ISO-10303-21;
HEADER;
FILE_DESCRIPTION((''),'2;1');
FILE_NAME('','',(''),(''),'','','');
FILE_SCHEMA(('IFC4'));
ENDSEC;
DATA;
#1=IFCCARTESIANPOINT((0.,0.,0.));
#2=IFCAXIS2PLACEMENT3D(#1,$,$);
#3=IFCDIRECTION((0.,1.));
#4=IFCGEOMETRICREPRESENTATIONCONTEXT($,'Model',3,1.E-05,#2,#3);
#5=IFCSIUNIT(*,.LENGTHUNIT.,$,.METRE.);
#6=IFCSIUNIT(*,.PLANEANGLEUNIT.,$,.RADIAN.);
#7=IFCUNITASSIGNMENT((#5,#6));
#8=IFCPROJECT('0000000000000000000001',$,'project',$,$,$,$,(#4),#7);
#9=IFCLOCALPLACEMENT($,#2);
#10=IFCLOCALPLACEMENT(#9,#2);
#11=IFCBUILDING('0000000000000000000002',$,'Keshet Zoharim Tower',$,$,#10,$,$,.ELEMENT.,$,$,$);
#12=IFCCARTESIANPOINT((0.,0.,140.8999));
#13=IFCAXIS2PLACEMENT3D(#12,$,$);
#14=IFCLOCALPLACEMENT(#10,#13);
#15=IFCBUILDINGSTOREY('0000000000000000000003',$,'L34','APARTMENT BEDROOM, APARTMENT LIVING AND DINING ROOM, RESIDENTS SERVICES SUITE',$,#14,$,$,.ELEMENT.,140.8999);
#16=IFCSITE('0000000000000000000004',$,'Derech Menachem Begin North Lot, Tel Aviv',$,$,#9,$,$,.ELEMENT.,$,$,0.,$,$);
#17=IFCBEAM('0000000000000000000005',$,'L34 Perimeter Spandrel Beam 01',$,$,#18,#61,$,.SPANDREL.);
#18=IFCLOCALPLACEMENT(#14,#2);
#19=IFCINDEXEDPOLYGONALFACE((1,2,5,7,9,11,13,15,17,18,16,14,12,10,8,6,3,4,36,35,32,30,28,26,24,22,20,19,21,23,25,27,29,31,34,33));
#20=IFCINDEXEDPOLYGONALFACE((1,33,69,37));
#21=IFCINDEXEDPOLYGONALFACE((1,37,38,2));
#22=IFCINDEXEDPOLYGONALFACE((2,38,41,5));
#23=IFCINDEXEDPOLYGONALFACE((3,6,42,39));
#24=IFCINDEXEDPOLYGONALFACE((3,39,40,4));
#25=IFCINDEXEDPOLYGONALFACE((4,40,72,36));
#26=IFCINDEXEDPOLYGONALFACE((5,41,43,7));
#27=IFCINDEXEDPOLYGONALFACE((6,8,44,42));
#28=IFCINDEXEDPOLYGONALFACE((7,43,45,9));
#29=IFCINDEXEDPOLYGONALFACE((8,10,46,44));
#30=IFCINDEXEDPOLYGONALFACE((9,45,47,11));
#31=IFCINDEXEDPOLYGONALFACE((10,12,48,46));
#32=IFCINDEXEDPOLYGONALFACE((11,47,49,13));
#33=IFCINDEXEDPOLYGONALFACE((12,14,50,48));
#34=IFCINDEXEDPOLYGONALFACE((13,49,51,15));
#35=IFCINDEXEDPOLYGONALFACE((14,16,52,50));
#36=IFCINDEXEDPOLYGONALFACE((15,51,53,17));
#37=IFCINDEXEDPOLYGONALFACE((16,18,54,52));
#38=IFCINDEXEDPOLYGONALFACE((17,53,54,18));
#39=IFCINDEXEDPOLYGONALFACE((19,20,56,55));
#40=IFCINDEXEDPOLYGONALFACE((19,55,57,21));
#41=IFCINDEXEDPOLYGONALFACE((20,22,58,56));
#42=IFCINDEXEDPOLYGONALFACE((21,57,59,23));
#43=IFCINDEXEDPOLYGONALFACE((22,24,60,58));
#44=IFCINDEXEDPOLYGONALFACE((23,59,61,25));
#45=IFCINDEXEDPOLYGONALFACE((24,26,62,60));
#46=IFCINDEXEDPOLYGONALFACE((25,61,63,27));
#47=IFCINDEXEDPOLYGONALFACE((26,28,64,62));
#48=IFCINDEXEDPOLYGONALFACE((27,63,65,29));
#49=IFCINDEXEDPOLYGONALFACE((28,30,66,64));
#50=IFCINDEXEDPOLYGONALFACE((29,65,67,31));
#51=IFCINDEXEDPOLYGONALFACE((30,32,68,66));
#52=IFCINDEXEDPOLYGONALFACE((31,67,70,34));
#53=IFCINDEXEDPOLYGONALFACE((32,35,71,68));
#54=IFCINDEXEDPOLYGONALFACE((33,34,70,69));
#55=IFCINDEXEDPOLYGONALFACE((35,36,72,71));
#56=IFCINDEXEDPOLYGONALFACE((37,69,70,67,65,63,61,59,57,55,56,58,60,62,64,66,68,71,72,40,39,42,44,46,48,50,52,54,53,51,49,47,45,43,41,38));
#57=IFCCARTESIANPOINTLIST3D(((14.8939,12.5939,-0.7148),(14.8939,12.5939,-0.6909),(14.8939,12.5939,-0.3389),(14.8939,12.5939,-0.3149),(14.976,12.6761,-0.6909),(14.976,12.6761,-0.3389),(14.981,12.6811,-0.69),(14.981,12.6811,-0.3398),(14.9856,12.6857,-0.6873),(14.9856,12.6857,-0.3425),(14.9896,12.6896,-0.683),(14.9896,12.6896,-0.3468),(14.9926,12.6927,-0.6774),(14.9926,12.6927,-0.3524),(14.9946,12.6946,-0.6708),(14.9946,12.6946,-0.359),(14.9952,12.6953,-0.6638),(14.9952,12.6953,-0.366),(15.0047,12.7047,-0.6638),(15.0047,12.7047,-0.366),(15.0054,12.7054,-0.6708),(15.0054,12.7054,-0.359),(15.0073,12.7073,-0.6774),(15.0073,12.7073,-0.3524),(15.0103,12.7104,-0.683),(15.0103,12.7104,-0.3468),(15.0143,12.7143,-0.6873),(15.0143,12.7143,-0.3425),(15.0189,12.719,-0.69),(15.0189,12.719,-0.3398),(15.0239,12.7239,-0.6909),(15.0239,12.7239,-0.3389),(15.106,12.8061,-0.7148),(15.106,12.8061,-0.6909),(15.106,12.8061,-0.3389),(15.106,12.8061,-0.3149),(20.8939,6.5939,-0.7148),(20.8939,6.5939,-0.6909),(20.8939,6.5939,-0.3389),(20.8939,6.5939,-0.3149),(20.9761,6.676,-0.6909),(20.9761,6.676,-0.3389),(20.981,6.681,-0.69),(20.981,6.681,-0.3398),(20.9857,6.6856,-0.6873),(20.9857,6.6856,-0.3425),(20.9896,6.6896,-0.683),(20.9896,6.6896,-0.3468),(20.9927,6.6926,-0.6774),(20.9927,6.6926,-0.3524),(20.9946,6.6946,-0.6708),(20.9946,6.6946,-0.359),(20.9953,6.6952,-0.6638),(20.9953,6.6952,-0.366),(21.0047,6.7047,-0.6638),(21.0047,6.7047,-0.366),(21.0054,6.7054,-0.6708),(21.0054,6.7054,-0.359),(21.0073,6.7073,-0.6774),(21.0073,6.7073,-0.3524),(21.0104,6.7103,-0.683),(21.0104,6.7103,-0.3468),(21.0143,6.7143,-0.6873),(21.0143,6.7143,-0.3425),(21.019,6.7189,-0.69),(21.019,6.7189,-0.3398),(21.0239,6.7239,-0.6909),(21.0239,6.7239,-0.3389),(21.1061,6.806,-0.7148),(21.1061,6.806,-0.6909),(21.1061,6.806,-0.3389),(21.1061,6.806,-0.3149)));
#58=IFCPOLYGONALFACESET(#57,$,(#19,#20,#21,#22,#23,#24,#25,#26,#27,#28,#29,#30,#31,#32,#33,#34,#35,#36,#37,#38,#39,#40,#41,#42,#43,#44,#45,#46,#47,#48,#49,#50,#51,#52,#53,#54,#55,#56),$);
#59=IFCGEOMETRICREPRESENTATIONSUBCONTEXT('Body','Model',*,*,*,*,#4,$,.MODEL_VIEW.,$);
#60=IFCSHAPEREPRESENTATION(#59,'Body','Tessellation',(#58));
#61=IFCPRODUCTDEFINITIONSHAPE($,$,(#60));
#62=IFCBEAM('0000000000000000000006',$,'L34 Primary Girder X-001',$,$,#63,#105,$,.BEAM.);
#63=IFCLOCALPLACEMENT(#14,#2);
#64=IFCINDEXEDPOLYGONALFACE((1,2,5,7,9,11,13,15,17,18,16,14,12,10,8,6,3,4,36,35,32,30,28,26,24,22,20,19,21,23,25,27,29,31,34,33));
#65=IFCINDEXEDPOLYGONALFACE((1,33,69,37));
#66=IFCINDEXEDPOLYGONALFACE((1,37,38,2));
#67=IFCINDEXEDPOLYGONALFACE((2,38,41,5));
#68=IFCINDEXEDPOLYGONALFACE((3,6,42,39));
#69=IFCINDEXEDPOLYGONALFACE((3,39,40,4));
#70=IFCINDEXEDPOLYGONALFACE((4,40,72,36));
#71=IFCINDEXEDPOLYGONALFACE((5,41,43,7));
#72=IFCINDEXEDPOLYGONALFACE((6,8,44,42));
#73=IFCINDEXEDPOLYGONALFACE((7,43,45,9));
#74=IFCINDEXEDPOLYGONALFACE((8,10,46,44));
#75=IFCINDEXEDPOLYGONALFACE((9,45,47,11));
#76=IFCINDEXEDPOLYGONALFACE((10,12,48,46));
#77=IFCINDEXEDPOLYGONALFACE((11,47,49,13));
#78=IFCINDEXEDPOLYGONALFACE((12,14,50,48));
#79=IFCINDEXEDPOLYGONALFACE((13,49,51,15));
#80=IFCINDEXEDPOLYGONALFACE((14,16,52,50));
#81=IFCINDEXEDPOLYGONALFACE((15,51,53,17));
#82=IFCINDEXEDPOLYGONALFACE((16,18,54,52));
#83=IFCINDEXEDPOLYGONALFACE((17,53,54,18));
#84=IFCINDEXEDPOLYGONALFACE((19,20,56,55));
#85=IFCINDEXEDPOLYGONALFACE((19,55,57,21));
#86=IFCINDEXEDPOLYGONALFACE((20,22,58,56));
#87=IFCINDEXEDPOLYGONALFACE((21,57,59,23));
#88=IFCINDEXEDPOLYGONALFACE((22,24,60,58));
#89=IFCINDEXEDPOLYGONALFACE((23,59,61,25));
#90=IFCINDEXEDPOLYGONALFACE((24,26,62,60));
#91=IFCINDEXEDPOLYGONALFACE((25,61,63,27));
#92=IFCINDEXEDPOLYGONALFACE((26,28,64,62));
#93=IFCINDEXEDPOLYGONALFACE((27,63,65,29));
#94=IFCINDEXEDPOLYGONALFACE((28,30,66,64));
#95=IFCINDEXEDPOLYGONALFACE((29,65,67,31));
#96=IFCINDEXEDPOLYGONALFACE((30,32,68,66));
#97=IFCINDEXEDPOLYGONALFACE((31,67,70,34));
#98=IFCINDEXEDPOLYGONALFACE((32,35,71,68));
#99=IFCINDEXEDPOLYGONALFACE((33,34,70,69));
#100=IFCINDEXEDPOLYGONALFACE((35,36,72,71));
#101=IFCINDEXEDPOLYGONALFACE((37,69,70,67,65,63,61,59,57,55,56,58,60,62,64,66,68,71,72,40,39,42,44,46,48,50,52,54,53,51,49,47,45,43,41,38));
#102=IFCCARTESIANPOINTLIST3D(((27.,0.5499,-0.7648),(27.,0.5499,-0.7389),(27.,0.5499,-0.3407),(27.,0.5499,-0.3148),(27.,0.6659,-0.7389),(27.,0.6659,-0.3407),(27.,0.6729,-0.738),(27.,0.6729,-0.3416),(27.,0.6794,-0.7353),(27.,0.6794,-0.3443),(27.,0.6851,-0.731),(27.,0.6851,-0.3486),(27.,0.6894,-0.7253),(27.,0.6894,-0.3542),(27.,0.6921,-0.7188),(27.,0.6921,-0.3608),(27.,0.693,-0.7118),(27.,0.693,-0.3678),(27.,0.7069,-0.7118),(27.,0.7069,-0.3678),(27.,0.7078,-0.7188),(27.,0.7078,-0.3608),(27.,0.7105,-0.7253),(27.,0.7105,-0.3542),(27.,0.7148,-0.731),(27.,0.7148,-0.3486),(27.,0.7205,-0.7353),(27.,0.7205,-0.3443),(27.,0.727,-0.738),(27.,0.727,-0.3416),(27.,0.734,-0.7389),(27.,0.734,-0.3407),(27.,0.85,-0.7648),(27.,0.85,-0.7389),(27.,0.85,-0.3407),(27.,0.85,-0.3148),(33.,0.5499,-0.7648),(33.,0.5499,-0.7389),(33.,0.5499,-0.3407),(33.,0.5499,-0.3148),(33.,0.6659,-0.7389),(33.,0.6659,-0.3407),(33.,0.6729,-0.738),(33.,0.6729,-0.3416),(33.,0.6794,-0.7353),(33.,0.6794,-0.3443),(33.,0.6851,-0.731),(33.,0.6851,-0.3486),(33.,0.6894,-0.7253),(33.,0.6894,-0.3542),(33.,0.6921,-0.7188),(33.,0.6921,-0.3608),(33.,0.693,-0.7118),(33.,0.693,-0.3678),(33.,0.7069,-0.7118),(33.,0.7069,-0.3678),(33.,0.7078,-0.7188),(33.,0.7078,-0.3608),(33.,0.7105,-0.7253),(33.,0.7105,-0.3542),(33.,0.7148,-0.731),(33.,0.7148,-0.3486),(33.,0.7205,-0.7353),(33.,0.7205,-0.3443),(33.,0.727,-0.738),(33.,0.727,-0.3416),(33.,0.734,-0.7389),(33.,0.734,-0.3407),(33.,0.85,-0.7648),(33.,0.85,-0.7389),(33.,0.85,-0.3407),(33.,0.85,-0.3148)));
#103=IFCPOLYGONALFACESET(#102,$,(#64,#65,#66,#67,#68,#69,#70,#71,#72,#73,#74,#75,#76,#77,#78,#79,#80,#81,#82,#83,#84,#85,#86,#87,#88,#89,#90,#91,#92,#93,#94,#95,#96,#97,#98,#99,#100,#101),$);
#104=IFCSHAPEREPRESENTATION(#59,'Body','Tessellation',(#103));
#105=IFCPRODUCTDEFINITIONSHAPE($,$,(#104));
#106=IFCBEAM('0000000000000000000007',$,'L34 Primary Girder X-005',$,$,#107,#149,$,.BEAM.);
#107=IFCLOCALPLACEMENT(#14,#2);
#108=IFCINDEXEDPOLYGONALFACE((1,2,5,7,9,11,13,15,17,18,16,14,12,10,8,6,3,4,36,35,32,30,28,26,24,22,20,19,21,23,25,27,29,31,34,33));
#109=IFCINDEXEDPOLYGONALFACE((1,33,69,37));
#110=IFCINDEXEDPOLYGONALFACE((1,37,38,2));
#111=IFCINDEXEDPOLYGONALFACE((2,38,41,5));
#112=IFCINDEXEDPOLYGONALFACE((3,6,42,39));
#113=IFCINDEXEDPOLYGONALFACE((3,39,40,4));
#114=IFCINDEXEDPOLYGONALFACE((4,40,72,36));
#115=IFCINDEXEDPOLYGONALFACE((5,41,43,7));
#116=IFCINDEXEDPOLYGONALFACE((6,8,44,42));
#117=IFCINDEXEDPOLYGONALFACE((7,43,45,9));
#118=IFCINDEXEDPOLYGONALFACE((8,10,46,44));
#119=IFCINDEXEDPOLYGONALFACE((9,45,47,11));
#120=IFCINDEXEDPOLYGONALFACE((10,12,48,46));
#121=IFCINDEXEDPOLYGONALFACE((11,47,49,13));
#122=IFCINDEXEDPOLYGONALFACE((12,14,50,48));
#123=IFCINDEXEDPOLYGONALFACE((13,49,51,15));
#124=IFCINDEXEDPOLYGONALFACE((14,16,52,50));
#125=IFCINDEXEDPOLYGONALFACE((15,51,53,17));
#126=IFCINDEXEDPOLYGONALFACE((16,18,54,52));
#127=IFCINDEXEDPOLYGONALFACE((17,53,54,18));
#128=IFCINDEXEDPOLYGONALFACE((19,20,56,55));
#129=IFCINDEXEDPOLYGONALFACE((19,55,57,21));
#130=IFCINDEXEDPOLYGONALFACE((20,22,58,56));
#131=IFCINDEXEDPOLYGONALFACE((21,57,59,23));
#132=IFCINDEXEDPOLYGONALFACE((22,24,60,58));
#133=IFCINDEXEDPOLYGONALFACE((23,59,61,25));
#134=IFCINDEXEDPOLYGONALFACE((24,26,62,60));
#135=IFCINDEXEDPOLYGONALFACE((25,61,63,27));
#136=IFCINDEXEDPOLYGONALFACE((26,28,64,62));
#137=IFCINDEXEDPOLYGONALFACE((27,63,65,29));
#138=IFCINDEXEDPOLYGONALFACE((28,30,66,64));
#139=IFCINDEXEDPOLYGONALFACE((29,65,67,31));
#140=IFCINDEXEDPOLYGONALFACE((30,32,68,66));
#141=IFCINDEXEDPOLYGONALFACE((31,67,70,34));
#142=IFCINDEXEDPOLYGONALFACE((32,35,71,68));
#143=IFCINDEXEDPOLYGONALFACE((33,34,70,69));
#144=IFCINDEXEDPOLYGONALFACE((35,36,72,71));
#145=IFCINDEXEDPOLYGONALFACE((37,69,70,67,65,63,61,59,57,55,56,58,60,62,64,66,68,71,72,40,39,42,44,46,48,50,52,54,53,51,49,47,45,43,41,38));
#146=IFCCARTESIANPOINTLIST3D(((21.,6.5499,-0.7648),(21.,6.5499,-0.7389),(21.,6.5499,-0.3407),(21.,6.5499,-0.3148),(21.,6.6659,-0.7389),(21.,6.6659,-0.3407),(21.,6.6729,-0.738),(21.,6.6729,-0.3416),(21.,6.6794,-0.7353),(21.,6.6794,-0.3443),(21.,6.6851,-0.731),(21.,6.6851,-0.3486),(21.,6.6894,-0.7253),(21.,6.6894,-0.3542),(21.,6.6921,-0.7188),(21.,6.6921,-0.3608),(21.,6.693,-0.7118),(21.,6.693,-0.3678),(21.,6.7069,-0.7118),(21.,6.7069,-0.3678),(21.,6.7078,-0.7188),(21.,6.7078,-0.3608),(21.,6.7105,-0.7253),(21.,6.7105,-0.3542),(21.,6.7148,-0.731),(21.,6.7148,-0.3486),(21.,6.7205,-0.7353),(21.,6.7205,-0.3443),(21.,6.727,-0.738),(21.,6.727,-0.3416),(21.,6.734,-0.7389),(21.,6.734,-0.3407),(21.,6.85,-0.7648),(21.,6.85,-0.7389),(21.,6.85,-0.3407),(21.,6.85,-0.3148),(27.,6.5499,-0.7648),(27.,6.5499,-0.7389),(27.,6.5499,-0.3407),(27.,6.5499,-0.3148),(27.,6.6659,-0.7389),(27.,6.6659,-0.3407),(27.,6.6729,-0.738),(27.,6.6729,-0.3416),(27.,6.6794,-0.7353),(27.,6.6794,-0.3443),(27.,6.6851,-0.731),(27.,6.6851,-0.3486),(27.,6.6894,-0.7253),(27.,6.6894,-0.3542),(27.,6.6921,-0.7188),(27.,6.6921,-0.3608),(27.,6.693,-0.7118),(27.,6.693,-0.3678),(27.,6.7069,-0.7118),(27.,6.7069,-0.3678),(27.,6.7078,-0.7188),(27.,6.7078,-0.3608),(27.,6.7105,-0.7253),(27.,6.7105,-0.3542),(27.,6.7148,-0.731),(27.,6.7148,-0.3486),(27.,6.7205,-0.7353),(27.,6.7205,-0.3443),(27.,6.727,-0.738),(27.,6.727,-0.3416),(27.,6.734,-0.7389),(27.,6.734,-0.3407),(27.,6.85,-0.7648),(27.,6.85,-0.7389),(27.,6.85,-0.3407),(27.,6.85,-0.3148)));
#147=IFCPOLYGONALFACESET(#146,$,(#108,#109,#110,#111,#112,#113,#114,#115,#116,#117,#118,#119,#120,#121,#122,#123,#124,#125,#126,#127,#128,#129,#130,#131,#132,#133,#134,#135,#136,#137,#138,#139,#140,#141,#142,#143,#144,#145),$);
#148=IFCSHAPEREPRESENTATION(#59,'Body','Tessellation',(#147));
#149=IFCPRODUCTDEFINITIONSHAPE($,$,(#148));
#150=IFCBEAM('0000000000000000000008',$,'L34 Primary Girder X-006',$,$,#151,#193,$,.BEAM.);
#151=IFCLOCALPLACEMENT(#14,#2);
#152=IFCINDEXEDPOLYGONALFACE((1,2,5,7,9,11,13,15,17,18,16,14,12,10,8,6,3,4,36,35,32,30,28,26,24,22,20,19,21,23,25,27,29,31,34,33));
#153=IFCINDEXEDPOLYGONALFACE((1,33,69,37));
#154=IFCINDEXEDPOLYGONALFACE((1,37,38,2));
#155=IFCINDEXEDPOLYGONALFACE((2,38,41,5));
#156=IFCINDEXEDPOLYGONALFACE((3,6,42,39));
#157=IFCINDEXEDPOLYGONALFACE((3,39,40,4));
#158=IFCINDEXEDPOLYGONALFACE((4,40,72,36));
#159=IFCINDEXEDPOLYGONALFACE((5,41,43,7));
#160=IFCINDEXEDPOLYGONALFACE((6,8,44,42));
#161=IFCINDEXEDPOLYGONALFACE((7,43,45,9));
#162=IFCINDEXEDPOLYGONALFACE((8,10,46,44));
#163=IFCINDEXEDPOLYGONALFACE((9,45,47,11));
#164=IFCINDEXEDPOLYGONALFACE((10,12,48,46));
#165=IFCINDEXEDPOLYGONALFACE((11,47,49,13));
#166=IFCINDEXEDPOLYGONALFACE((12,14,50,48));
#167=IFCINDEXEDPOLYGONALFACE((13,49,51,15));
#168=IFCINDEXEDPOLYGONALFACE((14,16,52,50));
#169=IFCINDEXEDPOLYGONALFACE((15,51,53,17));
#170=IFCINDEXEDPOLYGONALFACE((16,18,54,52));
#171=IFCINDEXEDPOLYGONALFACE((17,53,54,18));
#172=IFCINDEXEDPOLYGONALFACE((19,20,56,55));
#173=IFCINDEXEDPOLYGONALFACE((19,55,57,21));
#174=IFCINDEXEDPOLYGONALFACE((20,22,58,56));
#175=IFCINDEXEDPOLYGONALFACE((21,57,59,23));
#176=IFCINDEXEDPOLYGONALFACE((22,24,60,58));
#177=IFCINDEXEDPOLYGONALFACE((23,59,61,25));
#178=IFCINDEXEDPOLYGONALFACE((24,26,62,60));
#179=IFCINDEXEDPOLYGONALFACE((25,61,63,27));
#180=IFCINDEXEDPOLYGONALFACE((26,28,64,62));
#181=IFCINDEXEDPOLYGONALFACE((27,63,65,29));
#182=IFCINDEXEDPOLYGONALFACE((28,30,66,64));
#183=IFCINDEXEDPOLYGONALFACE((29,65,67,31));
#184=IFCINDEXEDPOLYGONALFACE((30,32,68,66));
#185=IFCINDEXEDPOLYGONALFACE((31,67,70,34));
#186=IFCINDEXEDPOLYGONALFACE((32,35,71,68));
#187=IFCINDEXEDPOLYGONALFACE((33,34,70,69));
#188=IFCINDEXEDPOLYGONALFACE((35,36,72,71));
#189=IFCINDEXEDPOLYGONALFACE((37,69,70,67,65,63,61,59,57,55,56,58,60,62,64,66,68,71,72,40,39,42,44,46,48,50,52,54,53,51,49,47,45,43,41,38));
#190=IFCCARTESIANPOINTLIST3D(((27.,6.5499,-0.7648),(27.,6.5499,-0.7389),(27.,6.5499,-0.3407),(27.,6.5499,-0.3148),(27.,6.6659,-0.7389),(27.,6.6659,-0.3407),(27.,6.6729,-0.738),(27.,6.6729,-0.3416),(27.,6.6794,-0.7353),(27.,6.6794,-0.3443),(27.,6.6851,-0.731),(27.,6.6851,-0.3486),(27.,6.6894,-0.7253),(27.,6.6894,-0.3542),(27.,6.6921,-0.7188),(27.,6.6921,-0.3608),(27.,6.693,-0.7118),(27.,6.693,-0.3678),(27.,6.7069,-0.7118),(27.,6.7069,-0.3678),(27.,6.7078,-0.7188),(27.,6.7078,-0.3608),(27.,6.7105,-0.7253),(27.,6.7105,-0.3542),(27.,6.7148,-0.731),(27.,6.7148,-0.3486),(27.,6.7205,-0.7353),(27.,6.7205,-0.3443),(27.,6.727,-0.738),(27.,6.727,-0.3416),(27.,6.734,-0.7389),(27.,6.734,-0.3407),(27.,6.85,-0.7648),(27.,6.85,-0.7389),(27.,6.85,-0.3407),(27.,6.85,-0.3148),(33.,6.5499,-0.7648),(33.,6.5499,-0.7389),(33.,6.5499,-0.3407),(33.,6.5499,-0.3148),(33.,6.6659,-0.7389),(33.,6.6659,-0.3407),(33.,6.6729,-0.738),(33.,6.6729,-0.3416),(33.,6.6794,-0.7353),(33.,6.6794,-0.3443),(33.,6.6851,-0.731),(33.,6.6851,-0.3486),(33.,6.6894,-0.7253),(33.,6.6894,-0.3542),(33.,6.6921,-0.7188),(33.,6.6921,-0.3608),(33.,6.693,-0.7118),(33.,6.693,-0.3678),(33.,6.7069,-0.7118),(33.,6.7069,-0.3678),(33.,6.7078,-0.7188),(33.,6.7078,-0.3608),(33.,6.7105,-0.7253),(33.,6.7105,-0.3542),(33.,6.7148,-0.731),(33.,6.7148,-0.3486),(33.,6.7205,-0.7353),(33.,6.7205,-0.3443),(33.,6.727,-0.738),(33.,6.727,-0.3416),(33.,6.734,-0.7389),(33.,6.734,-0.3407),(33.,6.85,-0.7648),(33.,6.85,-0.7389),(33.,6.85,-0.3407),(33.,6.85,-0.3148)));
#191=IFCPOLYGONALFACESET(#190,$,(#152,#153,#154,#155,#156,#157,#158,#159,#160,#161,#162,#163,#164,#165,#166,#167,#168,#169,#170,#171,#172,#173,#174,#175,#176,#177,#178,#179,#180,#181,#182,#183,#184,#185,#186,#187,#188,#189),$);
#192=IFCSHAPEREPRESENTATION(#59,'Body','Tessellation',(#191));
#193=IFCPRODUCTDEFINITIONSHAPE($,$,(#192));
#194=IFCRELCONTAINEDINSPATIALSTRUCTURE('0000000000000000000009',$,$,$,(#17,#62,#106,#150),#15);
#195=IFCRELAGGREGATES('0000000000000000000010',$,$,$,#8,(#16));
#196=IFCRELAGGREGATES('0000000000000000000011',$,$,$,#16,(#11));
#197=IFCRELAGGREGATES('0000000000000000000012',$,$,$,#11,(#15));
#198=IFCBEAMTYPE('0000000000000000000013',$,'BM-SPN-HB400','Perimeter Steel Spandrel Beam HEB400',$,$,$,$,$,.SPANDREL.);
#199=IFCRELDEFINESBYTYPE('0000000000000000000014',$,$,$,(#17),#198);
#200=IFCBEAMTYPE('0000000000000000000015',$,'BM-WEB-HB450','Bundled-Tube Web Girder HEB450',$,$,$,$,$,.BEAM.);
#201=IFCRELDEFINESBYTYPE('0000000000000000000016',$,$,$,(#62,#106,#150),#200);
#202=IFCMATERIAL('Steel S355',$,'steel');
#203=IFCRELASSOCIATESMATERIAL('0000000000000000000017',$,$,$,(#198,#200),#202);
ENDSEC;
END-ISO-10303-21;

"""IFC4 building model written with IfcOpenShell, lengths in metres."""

from ifc_helpers import new_model, si_unit, direction, frame, origin, origin_2d, place, context, subcontext, project, spatial, i_section, extrude, material, material_profile, profile_set, type_object, element, save


model = new_model("IFC4")

# Units and contexts
model_context = context("Model", 3, precision=1e-05, world=origin(), true_north=direction((0.0, 1.0)))
body_context = subcontext(model_context, "Body", "Model", "MODEL_VIEW")
ifc_project = project(units=[si_unit("LENGTHUNIT", "METRE"), si_unit("PLANEANGLEUNIT", "RADIAN")], contexts=[model_context])

# Site, building, storey
site_placement = place(None, origin())
site = spatial("IfcSite", under=ifc_project, at=site_placement, Name="Derech Menachem Begin North Lot, Tel Aviv", CompositionType="ELEMENT", RefElevation=0.0)
building_placement = place(site_placement, origin())
building = spatial("IfcBuilding", under=site, at=building_placement, Name="Keshet Zoharim Tower", CompositionType="ELEMENT")
storey_placement = place(building_placement, frame((0.0, 0.0, 140.8999)))
storey = spatial("IfcBuildingStorey", under=building, at=storey_placement, Name="L34", Description="APARTMENT BEDROOM, APARTMENT LIVING AND DINING ROOM, RESIDENTS SERVICES SUITE", CompositionType="ELEMENT", Elevation=140.8999)

# Shared definitions
ifc_material_1 = material(Name="Steel S355", Category="steel")

# Beams
ifc_material_profile_1 = material_profile(ifc_material_1, i_section(OverallWidth=0.3, OverallDepth=0.3999, WebThickness=0.0134, FlangeThickness=0.0239, FilletRadius=0.0271, at=origin_2d()), Name="HEB400")
ifc_profile_set_1 = profile_set([ifc_material_profile_1], Name="Steel S355")
beam_type_1 = type_object("IfcBeamType", Name="BM-SPN-HB400", Description="Perimeter Steel Spandrel Beam HEB400", PredefinedType="SPANDREL", material=ifc_profile_set_1)
beam_1_placement = place(storey_placement, frame((21.0, 6.7, -0.5149), z_axis=(-0.707107, 0.707107, 0.0), x_axis=(-0.707107, -0.707107, 0.0)))
element("IfcBeam", 1, at=beam_1_placement, inside=storey, type_object=beam_type_1, Name="L34 Perimeter Spandrel Beam 01", PredefinedType="SPANDREL", context=body_context, shape_type="SweptSolid", body=[
    extrude(i_section(OverallWidth=0.3, OverallDepth=0.3999, WebThickness=0.0134, FlangeThickness=0.0239, FilletRadius=0.0271, at=origin_2d()), origin(), (0.0, 0.0, 1.0), 8.4854),
])
ifc_material_profile_2 = material_profile(ifc_material_1, i_section(OverallWidth=0.3, OverallDepth=0.45, WebThickness=0.0139, FlangeThickness=0.0259, FilletRadius=0.0271, at=origin_2d()), Name="HEB450")
ifc_profile_set_2 = profile_set([ifc_material_profile_2], Name="Steel S355")
beam_type_2 = type_object("IfcBeamType", Name="BM-WEB-HB450", Description="Bundled-Tube Web Girder HEB450", PredefinedType="BEAM", material=ifc_profile_set_2)
for number, where, z_axis, x_axis, name in (
    (2, (27.0, 0.7, -0.5398), (1.0, 0.0, 0.0), (0.0, 1.0, 0.0), "L34 Primary Girder X-001"),
    (3, (21.0, 6.7, -0.5398), (1.0, 0.0, 0.0), (0.0, 1.0, 0.0), "L34 Primary Girder X-005"),
    (4, (27.0, 6.7, -0.5398), (1.0, 0.0, 0.0), (0.0, 1.0, 0.0), "L34 Primary Girder X-006"),
):
    element("IfcBeam", number, at=place(storey_placement, frame(where, z_axis=z_axis, x_axis=x_axis)), inside=storey, type_object=beam_type_2, Name=name, PredefinedType="BEAM", context=body_context, shape_type="SweptSolid", body=[
        extrude(i_section(OverallWidth=0.3, OverallDepth=0.45, WebThickness=0.0139, FlangeThickness=0.0259, FilletRadius=0.0271, at=origin_2d()), origin(), (0.0, 0.0, 1.0), 6.0),
    ])

save(model, "model.ifc")
